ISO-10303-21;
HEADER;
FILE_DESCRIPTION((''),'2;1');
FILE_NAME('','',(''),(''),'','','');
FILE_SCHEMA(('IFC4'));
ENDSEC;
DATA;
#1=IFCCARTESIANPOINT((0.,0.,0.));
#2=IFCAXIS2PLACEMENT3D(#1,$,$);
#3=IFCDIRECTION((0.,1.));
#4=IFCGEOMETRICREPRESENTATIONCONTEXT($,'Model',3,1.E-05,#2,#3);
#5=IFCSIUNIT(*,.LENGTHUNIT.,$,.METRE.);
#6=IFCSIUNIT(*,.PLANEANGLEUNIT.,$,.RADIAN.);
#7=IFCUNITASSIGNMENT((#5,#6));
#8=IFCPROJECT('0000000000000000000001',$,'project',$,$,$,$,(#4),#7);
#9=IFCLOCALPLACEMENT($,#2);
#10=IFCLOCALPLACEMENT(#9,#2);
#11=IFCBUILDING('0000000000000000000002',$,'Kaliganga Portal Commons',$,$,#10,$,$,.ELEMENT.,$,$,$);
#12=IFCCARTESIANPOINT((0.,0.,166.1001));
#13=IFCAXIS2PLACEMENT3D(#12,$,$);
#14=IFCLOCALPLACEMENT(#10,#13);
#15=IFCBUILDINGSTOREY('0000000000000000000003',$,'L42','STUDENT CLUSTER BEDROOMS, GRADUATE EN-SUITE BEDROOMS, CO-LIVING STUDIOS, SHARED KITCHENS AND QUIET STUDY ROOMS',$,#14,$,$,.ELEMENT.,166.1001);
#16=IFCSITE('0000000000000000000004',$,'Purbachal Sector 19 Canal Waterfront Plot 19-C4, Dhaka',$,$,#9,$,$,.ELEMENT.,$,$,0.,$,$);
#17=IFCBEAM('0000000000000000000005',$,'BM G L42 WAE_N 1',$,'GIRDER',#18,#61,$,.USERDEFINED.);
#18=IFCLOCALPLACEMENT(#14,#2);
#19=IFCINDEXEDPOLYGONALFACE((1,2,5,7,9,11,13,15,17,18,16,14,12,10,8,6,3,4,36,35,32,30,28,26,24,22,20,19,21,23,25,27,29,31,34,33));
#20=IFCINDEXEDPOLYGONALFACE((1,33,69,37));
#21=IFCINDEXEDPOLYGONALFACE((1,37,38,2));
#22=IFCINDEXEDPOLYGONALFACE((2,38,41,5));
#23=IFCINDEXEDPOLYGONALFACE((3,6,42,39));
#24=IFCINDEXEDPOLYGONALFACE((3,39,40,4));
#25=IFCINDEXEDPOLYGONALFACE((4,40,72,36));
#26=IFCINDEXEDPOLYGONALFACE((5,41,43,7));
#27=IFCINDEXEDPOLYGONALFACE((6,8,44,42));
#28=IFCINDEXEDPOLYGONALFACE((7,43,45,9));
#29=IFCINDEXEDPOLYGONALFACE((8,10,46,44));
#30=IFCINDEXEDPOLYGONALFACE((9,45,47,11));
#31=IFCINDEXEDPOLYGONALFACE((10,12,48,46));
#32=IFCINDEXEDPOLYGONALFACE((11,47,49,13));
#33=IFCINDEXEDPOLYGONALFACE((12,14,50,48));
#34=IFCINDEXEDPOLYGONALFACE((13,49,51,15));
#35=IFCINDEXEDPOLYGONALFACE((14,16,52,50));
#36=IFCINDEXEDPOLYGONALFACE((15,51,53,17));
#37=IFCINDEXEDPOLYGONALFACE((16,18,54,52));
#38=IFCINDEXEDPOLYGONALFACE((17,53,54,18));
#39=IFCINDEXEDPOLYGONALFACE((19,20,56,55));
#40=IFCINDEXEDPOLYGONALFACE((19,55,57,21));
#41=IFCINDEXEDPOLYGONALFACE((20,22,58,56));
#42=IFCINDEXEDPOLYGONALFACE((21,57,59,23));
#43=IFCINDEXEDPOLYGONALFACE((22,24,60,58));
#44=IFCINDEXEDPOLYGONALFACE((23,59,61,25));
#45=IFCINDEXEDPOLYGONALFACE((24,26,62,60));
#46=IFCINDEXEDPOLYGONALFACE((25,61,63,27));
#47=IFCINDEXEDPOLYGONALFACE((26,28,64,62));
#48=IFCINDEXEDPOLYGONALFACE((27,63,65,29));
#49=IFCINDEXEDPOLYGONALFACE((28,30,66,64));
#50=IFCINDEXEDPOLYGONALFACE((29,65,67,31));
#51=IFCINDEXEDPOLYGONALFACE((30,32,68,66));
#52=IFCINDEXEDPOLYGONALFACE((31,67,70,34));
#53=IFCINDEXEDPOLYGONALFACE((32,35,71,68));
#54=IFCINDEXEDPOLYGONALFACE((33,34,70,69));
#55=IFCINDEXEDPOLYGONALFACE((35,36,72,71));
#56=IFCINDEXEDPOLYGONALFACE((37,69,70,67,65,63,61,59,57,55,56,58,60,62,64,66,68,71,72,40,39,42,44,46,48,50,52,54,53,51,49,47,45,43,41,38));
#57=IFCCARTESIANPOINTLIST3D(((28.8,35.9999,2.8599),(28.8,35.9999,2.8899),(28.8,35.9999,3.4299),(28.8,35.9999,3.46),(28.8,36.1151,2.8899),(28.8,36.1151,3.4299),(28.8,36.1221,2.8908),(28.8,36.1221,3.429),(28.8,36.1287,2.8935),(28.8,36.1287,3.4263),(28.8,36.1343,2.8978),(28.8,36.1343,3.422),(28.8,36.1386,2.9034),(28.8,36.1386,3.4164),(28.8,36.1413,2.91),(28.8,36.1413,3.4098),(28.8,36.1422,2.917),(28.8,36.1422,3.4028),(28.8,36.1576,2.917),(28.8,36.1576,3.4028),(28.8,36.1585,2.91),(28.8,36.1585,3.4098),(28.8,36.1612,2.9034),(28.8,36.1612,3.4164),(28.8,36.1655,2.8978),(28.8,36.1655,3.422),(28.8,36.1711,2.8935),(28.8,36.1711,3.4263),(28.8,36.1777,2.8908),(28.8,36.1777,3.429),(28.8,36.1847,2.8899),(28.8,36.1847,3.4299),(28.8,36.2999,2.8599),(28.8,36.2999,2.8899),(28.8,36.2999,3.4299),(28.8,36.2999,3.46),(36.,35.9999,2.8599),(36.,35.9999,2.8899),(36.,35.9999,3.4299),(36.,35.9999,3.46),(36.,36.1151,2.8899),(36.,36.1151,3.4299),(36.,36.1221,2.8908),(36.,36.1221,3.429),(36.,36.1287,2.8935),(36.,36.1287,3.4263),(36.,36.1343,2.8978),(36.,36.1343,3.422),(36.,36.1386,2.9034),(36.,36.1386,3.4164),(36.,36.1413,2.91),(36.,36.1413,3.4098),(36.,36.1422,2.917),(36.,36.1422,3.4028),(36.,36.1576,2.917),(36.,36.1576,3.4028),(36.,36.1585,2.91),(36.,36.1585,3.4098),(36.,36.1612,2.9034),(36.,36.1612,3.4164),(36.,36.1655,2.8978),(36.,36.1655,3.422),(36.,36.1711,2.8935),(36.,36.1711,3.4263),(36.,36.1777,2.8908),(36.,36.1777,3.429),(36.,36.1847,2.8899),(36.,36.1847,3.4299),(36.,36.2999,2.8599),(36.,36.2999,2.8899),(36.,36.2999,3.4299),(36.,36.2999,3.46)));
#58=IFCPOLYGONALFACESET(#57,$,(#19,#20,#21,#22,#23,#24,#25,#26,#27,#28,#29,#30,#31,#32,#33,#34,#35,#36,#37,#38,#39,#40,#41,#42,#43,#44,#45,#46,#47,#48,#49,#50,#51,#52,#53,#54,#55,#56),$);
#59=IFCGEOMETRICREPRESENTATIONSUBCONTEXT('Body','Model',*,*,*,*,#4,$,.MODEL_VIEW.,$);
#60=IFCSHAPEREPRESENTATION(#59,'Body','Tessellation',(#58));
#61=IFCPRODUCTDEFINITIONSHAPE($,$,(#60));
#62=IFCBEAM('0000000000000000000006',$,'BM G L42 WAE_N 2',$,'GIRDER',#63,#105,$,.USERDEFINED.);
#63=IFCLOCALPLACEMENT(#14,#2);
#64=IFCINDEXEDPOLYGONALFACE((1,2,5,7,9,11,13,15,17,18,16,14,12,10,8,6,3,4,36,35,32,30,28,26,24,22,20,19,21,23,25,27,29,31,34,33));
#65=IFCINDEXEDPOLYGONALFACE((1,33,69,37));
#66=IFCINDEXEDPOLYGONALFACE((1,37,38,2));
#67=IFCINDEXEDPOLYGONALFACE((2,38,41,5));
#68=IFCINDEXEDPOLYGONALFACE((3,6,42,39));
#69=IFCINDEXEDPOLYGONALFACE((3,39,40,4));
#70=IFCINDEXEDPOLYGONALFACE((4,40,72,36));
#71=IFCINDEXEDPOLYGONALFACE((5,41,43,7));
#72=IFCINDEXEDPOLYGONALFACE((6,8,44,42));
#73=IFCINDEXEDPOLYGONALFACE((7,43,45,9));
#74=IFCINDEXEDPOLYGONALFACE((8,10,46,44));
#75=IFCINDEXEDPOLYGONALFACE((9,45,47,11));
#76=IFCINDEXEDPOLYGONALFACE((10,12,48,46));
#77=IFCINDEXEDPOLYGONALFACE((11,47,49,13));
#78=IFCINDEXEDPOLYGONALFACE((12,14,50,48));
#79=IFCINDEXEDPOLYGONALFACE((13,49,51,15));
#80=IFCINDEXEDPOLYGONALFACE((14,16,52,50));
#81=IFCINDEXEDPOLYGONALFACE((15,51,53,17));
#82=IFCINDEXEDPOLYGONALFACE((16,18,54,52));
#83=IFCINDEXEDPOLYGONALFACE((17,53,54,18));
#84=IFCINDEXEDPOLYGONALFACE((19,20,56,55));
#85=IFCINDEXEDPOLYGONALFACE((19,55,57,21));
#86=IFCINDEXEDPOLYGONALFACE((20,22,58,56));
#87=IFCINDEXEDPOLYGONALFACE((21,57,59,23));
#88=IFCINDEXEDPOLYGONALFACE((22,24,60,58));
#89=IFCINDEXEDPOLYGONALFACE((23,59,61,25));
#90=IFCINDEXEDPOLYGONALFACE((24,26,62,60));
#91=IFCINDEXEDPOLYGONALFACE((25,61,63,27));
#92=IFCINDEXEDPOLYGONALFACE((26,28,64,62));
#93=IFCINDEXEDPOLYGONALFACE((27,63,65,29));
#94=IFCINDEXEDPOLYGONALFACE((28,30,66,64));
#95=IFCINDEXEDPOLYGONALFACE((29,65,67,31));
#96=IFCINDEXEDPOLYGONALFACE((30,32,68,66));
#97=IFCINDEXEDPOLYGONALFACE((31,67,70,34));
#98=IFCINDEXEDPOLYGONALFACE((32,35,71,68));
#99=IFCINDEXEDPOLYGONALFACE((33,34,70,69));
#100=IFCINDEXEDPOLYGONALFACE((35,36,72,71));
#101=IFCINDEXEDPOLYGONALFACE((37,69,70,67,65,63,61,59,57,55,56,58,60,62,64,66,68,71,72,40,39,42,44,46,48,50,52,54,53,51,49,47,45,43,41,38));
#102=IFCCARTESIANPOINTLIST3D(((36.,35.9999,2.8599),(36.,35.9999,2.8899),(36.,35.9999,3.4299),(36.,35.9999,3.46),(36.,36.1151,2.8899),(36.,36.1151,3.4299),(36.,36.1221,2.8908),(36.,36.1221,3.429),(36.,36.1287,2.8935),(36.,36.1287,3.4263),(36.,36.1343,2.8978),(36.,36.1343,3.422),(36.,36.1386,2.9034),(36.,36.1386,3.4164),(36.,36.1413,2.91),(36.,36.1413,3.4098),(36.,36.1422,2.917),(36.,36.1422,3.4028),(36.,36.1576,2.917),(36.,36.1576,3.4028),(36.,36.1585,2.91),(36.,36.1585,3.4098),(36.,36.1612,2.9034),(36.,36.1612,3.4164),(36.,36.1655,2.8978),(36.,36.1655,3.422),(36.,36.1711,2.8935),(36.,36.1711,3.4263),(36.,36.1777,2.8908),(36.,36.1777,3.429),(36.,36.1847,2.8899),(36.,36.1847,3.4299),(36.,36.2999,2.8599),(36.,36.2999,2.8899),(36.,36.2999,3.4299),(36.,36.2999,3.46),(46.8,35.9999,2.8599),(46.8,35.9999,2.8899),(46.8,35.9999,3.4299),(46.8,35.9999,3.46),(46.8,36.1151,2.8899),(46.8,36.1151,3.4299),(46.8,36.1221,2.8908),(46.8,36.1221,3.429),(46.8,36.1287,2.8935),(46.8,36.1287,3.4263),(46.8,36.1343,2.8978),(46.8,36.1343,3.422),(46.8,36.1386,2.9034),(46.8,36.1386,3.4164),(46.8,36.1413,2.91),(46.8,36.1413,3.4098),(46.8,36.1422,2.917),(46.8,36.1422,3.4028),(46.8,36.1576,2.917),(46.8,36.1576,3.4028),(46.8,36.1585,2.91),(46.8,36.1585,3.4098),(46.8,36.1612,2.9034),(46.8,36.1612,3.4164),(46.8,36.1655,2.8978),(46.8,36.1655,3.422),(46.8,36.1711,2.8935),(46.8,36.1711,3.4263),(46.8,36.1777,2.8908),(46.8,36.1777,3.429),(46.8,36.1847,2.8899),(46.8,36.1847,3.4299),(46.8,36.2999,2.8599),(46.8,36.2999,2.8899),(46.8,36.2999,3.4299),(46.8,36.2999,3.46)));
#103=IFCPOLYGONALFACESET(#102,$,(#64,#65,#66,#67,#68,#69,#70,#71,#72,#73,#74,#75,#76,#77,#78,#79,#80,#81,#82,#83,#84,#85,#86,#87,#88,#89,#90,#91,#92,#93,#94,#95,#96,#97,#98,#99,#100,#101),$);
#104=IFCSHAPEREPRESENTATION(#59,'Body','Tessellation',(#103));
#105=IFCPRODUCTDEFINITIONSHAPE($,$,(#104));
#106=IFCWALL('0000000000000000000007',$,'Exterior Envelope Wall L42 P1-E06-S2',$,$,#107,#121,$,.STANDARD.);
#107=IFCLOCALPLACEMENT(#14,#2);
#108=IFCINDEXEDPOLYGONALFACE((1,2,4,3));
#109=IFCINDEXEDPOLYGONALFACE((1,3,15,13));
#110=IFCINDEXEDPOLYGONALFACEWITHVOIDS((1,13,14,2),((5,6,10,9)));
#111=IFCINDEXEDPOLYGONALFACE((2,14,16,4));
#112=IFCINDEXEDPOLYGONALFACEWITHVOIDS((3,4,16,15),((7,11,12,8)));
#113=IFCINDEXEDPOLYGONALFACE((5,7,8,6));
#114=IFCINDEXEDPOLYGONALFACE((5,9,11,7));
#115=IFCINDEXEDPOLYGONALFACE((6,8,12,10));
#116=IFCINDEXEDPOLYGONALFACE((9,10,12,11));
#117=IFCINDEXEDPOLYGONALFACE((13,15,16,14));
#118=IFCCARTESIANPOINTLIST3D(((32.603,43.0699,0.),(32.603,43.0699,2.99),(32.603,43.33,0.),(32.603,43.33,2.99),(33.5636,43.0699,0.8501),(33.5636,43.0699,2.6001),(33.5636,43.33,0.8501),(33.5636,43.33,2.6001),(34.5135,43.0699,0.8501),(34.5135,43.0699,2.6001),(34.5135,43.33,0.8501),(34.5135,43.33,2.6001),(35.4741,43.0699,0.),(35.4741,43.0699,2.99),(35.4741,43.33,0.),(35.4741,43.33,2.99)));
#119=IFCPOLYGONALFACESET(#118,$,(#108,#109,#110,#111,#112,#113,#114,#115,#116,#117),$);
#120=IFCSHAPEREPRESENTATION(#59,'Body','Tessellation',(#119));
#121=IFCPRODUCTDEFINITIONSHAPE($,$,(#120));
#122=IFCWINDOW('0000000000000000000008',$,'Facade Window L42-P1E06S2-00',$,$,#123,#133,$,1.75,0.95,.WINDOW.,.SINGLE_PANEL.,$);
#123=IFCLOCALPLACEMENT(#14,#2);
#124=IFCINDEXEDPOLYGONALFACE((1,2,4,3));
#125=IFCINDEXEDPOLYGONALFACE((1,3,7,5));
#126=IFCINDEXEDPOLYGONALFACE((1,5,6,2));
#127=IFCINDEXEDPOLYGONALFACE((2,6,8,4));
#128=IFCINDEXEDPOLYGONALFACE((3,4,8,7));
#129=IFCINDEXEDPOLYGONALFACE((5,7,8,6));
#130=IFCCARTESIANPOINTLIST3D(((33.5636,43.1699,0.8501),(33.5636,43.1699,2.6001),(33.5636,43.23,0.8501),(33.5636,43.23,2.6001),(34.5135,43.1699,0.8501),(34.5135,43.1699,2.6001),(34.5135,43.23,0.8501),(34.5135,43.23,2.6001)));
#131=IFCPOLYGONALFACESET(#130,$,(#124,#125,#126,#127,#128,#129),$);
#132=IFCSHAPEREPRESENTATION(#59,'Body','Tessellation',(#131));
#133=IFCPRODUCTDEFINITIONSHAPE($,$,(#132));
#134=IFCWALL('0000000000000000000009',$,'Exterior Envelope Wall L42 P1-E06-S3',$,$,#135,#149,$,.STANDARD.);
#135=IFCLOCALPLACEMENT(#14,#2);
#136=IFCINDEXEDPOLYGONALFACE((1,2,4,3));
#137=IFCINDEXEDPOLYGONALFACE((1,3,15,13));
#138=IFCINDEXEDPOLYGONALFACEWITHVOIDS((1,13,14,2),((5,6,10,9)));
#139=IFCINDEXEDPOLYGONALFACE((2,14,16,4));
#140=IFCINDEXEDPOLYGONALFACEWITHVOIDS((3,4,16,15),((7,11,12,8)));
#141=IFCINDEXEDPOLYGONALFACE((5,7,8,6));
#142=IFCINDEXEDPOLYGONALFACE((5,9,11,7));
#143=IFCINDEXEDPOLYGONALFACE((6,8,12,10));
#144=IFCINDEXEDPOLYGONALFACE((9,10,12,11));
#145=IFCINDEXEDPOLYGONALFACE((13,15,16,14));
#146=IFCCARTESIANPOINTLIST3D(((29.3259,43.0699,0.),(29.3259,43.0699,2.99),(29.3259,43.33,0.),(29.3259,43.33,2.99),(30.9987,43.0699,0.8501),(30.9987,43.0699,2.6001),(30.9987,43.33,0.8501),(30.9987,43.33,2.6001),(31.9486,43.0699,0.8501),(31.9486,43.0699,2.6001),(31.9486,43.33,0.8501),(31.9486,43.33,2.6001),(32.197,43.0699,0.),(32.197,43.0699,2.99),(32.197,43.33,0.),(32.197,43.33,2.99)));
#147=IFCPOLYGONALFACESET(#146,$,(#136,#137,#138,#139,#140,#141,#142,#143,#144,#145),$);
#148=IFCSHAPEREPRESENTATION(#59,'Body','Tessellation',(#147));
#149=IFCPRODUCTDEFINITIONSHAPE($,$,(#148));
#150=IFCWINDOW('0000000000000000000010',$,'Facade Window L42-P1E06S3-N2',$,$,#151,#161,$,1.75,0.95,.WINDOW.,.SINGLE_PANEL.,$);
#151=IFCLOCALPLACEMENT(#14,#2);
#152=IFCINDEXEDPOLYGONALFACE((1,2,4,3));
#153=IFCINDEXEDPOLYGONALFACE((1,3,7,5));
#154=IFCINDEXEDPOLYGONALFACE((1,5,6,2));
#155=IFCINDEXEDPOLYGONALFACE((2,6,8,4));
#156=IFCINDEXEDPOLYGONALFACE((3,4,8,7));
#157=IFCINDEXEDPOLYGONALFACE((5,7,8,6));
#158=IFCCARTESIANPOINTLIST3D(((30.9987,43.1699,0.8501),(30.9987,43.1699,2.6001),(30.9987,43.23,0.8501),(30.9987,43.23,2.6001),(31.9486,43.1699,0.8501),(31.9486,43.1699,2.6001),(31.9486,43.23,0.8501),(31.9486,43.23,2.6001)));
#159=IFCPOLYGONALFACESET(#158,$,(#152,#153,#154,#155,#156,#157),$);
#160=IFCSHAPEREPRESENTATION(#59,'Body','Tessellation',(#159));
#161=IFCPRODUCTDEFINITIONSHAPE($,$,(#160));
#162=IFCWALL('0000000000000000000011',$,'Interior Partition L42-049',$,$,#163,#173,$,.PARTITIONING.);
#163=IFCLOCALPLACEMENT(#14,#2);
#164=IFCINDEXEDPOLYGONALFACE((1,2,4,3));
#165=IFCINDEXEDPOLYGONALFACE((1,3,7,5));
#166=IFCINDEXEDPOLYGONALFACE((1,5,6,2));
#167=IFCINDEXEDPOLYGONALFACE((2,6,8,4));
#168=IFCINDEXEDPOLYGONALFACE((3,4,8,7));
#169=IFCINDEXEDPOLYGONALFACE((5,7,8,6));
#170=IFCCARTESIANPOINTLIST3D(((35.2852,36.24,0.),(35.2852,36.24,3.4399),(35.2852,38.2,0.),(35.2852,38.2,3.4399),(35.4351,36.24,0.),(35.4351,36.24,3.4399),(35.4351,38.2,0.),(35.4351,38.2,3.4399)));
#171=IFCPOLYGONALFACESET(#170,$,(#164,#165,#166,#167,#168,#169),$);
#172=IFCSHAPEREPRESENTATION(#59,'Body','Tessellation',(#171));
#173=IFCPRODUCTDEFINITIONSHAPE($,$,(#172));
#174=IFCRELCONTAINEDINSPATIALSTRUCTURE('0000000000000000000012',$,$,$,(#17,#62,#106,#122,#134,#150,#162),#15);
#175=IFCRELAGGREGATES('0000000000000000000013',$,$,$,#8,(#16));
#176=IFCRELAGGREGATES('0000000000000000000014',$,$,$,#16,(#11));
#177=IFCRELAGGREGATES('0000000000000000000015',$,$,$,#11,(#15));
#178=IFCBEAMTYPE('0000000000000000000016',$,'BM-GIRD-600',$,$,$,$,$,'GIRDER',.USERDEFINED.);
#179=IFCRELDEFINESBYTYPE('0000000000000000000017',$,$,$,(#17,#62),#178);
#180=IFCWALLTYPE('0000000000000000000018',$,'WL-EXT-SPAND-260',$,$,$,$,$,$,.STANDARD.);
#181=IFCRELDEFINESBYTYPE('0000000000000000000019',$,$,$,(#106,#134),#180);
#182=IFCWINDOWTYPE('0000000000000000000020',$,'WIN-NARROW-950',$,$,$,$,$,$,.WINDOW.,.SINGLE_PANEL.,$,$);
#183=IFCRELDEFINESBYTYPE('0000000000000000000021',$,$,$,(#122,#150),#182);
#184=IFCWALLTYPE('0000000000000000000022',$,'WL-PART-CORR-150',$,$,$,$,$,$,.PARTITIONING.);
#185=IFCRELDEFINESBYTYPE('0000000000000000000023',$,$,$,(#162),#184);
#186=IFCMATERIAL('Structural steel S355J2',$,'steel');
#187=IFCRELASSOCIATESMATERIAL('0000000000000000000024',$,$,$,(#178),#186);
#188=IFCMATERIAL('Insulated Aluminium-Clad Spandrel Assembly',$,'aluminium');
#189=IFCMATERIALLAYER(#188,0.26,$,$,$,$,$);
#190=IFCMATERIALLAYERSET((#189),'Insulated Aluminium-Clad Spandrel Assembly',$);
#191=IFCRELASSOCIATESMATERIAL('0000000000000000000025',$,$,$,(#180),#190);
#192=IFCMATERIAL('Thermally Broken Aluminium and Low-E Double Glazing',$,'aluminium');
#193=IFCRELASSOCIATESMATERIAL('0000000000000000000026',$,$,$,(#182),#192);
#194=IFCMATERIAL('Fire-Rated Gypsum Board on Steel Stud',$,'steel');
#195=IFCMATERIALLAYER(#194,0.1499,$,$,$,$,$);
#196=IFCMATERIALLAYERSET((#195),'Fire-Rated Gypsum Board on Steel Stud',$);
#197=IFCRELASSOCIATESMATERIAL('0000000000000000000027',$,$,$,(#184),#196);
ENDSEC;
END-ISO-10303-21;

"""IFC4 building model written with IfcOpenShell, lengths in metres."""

from ifc_helpers import new_model, si_unit, direction, frame, frame_2d, origin, origin_2d, place, context, subcontext, project, spatial, rectangle, i_section, extrude, source, transform, mapped, material, layer, layer_set, material_profile, profile_set, type_object, element, fill, save


model = new_model("IFC4")

# Units and contexts
model_context = context("Model", 3, precision=1e-05, world=origin(), true_north=direction((0.0, 1.0)))
body_context = subcontext(model_context, "Body", "Model", "MODEL_VIEW")
ifc_project = project(units=[si_unit("LENGTHUNIT", "METRE"), si_unit("PLANEANGLEUNIT", "RADIAN")], contexts=[model_context])

# Site, building, storey
site_placement = place(None, origin())
site = spatial("IfcSite", under=ifc_project, at=site_placement, Name="Purbachal Sector 19 Canal Waterfront Plot 19-C4, Dhaka", CompositionType="ELEMENT", RefElevation=0.0)
building_placement = place(site_placement, origin())
building = spatial("IfcBuilding", under=site, at=building_placement, Name="Kaliganga Portal Commons", CompositionType="ELEMENT")
storey_placement = place(building_placement, frame((0.0, 0.0, 166.1001)))
storey = spatial("IfcBuildingStorey", under=building, at=storey_placement, Name="L42", Description="STUDENT CLUSTER BEDROOMS, GRADUATE EN-SUITE BEDROOMS, CO-LIVING STUDIOS, SHARED KITCHENS AND QUIET STUDY ROOMS", CompositionType="ELEMENT", Elevation=166.1001)

# Beams
ifc_material_1 = material(Name="Structural steel S355J2", Category="steel")
ifc_material_profile_1 = material_profile(ifc_material_1, i_section(OverallWidth=0.3, OverallDepth=0.6001, WebThickness=0.0154, FlangeThickness=0.03, FilletRadius=0.0271, at=origin_2d()), Name="HE 600 B")
ifc_profile_set_1 = profile_set([ifc_material_profile_1], Name="Structural steel S355J2 wide-flange")
beam_type_1 = type_object("IfcBeamType", Name="BM-GIRD-600", ElementType="GIRDER", PredefinedType="USERDEFINED", material=ifc_profile_set_1)
shared_shape_1 = source(origin(), body_context, "Body", "SweptSolid", [
    extrude(i_section(OverallWidth=0.3, OverallDepth=0.6001, WebThickness=0.0154, FlangeThickness=0.03, FilletRadius=0.0271, at=origin_2d()), origin(), (0.0, 0.0, 1.0), 7.2),
])
beam_1_placement = place(storey_placement, frame((28.8, 36.1499, 3.1599), z_axis=(1.0, 0.0, 0.0), x_axis=(0.0, 1.0, 0.0)))
element("IfcBeam", 1, at=beam_1_placement, inside=storey, type_object=beam_type_1, Name="BM G L42 WAE_N 1", ObjectType="GIRDER", PredefinedType="USERDEFINED", context=body_context, shape_type="MappedRepresentation", body=[
    mapped(shared_shape_1, transform((0.0, 0.0, 0.0), x_axis=(1.0, 0.0, 0.0), y_axis=(0.0, 1.0, 0.0), z_axis=(0.0, 0.0, 1.0), scale=1.0)),
])
shared_shape_2 = source(origin(), body_context, "Body", "SweptSolid", [
    extrude(i_section(OverallWidth=0.3, OverallDepth=0.6001, WebThickness=0.0154, FlangeThickness=0.03, FilletRadius=0.0271, at=origin_2d()), origin(), (0.0, 0.0, 1.0), 10.8),
])
beam_2_placement = place(storey_placement, frame((36.0, 36.1499, 3.1599), z_axis=(1.0, 0.0, 0.0), x_axis=(0.0, 1.0, 0.0)))
element("IfcBeam", 2, at=beam_2_placement, inside=storey, type_object=beam_type_1, Name="BM G L42 WAE_N 2", ObjectType="GIRDER", PredefinedType="USERDEFINED", context=body_context, shape_type="MappedRepresentation", body=[
    mapped(shared_shape_2, transform((0.0, 0.0, 0.0), x_axis=(1.0, 0.0, 0.0), y_axis=(0.0, 1.0, 0.0), z_axis=(0.0, 0.0, 1.0), scale=1.0)),
])

# Shared definitions
ifc_material_2 = material(Name="Insulated Aluminium-Clad Spandrel Assembly", Category="aluminium")
ifc_layer_1 = layer(ifc_material_2, 0.26)
ifc_layer_set_1 = layer_set([ifc_layer_1], Name="Insulated Aluminium-Clad Spandrel Assembly")
wall_type_1 = type_object("IfcWallType", Name="WL-EXT-SPAND-260", PredefinedType="STANDARD", material=ifc_layer_set_1)
ifc_material_3 = material(Name="Thermally Broken Aluminium and Low-E Double Glazing", Category="aluminium")

# Walls, openings, windows
wall_1_placement = place(storey_placement, frame((32.603, 43.2, 0.0), z_axis=(0.0, 0.0, 1.0), x_axis=(1.0, 0.0, 0.0)))
wall_1 = element("IfcWall", 3, at=wall_1_placement, inside=storey, type_object=wall_type_1, Name="Exterior Envelope Wall L42 P1-E06-S2", PredefinedType="STANDARD", context=body_context, shape_type="SweptSolid", body=[
    extrude(rectangle(XDim=2.8711, YDim=0.26, at=frame_2d((1.4355, 0.0))), origin(), (0.0, 0.0, 1.0), 2.99),
])
opening_1_placement = place(wall_1_placement, frame((0.9604, 0.0, 0.8501)))
opening_1 = element("IfcOpeningElement", 4, at=opening_1_placement, cuts=wall_1, PredefinedType="OPENING", context=body_context, shape_type="SweptSolid", body=[
    extrude(rectangle(XDim=0.95, YDim=1.75, at=frame_2d((0.4751, 0.875))), frame((0.0, 0.1401, 0.0), z_axis=(0.0, -1.0, 0.0), x_axis=(1.0, 0.0, 0.0)), (0.0, 0.0, 1.0), 0.28),
])
window_type_1 = type_object("IfcWindowType", Name="WIN-NARROW-950", PartitioningType="SINGLE_PANEL", PredefinedType="WINDOW", material=ifc_material_3)
window_1_placement = place(opening_1_placement, origin())
window_1 = element("IfcWindow", 5, at=window_1_placement, inside=storey, type_object=window_type_1, Name="Facade Window L42-P1E06S2-00", OverallHeight=1.75, OverallWidth=0.95, PartitioningType="SINGLE_PANEL", PredefinedType="WINDOW", context=body_context, shape_type="SweptSolid", body=[
    extrude(rectangle(XDim=0.95, YDim=1.75, at=frame_2d((0.4751, 0.875))), frame((0.0, 0.03, 0.0), z_axis=(0.0, -1.0, 0.0), x_axis=(1.0, 0.0, 0.0)), (0.0, 0.0, 1.0), 0.0601),
])
fill(opening_1, window_1)
wall_2_placement = place(storey_placement, frame((29.3259, 43.2, 0.0), z_axis=(0.0, 0.0, 1.0), x_axis=(1.0, 0.0, 0.0)))
wall_2 = element("IfcWall", 6, at=wall_2_placement, inside=storey, type_object=wall_type_1, Name="Exterior Envelope Wall L42 P1-E06-S3", PredefinedType="STANDARD", context=body_context, shape_type="SweptSolid", body=[
    extrude(rectangle(XDim=2.8711, YDim=0.26, at=frame_2d((1.4355, 0.0))), origin(), (0.0, 0.0, 1.0), 2.99),
])
opening_2_placement = place(wall_2_placement, frame((1.6726, 0.0, 0.8501)))
opening_2 = element("IfcOpeningElement", 7, at=opening_2_placement, cuts=wall_2, PredefinedType="OPENING", context=body_context, shape_type="SweptSolid", body=[
    extrude(rectangle(XDim=0.95, YDim=1.75, at=frame_2d((0.4751, 0.875))), frame((0.0, 0.1401, 0.0), z_axis=(0.0, -1.0, 0.0), x_axis=(1.0, 0.0, 0.0)), (0.0, 0.0, 1.0), 0.28),
])
window_2_placement = place(opening_2_placement, origin())
window_2 = element("IfcWindow", 8, at=window_2_placement, inside=storey, type_object=window_type_1, Name="Facade Window L42-P1E06S3-N2", OverallHeight=1.75, OverallWidth=0.95, PartitioningType="SINGLE_PANEL", PredefinedType="WINDOW", context=body_context, shape_type="SweptSolid", body=[
    extrude(rectangle(XDim=0.95, YDim=1.75, at=frame_2d((0.4751, 0.875))), frame((0.0, 0.03, 0.0), z_axis=(0.0, -1.0, 0.0), x_axis=(1.0, 0.0, 0.0)), (0.0, 0.0, 1.0), 0.0601),
])
fill(opening_2, window_2)

# Shared definitions
ifc_material_4 = material(Name="Fire-Rated Gypsum Board on Steel Stud", Category="steel")
ifc_layer_2 = layer(ifc_material_4, 0.1499)
ifc_layer_set_2 = layer_set([ifc_layer_2], Name="Fire-Rated Gypsum Board on Steel Stud")
wall_type_2 = type_object("IfcWallType", Name="WL-PART-CORR-150", PredefinedType="PARTITIONING", material=ifc_layer_set_2)

# Wall
wall_3_placement = place(storey_placement, frame((35.3601, 36.24, 0.0), z_axis=(0.0, 0.0, 1.0), x_axis=(0.0, 1.0, 0.0)))
element("IfcWall", 9, at=wall_3_placement, inside=storey, type_object=wall_type_2, Name="Interior Partition L42-049", PredefinedType="PARTITIONING", context=body_context, shape_type="SweptSolid", body=[
    extrude(rectangle(XDim=1.96, YDim=0.1499, at=frame_2d((0.98, 0.0))), origin(), (0.0, 0.0, 1.0), 3.4399),
])

save(model, "model.ifc")
